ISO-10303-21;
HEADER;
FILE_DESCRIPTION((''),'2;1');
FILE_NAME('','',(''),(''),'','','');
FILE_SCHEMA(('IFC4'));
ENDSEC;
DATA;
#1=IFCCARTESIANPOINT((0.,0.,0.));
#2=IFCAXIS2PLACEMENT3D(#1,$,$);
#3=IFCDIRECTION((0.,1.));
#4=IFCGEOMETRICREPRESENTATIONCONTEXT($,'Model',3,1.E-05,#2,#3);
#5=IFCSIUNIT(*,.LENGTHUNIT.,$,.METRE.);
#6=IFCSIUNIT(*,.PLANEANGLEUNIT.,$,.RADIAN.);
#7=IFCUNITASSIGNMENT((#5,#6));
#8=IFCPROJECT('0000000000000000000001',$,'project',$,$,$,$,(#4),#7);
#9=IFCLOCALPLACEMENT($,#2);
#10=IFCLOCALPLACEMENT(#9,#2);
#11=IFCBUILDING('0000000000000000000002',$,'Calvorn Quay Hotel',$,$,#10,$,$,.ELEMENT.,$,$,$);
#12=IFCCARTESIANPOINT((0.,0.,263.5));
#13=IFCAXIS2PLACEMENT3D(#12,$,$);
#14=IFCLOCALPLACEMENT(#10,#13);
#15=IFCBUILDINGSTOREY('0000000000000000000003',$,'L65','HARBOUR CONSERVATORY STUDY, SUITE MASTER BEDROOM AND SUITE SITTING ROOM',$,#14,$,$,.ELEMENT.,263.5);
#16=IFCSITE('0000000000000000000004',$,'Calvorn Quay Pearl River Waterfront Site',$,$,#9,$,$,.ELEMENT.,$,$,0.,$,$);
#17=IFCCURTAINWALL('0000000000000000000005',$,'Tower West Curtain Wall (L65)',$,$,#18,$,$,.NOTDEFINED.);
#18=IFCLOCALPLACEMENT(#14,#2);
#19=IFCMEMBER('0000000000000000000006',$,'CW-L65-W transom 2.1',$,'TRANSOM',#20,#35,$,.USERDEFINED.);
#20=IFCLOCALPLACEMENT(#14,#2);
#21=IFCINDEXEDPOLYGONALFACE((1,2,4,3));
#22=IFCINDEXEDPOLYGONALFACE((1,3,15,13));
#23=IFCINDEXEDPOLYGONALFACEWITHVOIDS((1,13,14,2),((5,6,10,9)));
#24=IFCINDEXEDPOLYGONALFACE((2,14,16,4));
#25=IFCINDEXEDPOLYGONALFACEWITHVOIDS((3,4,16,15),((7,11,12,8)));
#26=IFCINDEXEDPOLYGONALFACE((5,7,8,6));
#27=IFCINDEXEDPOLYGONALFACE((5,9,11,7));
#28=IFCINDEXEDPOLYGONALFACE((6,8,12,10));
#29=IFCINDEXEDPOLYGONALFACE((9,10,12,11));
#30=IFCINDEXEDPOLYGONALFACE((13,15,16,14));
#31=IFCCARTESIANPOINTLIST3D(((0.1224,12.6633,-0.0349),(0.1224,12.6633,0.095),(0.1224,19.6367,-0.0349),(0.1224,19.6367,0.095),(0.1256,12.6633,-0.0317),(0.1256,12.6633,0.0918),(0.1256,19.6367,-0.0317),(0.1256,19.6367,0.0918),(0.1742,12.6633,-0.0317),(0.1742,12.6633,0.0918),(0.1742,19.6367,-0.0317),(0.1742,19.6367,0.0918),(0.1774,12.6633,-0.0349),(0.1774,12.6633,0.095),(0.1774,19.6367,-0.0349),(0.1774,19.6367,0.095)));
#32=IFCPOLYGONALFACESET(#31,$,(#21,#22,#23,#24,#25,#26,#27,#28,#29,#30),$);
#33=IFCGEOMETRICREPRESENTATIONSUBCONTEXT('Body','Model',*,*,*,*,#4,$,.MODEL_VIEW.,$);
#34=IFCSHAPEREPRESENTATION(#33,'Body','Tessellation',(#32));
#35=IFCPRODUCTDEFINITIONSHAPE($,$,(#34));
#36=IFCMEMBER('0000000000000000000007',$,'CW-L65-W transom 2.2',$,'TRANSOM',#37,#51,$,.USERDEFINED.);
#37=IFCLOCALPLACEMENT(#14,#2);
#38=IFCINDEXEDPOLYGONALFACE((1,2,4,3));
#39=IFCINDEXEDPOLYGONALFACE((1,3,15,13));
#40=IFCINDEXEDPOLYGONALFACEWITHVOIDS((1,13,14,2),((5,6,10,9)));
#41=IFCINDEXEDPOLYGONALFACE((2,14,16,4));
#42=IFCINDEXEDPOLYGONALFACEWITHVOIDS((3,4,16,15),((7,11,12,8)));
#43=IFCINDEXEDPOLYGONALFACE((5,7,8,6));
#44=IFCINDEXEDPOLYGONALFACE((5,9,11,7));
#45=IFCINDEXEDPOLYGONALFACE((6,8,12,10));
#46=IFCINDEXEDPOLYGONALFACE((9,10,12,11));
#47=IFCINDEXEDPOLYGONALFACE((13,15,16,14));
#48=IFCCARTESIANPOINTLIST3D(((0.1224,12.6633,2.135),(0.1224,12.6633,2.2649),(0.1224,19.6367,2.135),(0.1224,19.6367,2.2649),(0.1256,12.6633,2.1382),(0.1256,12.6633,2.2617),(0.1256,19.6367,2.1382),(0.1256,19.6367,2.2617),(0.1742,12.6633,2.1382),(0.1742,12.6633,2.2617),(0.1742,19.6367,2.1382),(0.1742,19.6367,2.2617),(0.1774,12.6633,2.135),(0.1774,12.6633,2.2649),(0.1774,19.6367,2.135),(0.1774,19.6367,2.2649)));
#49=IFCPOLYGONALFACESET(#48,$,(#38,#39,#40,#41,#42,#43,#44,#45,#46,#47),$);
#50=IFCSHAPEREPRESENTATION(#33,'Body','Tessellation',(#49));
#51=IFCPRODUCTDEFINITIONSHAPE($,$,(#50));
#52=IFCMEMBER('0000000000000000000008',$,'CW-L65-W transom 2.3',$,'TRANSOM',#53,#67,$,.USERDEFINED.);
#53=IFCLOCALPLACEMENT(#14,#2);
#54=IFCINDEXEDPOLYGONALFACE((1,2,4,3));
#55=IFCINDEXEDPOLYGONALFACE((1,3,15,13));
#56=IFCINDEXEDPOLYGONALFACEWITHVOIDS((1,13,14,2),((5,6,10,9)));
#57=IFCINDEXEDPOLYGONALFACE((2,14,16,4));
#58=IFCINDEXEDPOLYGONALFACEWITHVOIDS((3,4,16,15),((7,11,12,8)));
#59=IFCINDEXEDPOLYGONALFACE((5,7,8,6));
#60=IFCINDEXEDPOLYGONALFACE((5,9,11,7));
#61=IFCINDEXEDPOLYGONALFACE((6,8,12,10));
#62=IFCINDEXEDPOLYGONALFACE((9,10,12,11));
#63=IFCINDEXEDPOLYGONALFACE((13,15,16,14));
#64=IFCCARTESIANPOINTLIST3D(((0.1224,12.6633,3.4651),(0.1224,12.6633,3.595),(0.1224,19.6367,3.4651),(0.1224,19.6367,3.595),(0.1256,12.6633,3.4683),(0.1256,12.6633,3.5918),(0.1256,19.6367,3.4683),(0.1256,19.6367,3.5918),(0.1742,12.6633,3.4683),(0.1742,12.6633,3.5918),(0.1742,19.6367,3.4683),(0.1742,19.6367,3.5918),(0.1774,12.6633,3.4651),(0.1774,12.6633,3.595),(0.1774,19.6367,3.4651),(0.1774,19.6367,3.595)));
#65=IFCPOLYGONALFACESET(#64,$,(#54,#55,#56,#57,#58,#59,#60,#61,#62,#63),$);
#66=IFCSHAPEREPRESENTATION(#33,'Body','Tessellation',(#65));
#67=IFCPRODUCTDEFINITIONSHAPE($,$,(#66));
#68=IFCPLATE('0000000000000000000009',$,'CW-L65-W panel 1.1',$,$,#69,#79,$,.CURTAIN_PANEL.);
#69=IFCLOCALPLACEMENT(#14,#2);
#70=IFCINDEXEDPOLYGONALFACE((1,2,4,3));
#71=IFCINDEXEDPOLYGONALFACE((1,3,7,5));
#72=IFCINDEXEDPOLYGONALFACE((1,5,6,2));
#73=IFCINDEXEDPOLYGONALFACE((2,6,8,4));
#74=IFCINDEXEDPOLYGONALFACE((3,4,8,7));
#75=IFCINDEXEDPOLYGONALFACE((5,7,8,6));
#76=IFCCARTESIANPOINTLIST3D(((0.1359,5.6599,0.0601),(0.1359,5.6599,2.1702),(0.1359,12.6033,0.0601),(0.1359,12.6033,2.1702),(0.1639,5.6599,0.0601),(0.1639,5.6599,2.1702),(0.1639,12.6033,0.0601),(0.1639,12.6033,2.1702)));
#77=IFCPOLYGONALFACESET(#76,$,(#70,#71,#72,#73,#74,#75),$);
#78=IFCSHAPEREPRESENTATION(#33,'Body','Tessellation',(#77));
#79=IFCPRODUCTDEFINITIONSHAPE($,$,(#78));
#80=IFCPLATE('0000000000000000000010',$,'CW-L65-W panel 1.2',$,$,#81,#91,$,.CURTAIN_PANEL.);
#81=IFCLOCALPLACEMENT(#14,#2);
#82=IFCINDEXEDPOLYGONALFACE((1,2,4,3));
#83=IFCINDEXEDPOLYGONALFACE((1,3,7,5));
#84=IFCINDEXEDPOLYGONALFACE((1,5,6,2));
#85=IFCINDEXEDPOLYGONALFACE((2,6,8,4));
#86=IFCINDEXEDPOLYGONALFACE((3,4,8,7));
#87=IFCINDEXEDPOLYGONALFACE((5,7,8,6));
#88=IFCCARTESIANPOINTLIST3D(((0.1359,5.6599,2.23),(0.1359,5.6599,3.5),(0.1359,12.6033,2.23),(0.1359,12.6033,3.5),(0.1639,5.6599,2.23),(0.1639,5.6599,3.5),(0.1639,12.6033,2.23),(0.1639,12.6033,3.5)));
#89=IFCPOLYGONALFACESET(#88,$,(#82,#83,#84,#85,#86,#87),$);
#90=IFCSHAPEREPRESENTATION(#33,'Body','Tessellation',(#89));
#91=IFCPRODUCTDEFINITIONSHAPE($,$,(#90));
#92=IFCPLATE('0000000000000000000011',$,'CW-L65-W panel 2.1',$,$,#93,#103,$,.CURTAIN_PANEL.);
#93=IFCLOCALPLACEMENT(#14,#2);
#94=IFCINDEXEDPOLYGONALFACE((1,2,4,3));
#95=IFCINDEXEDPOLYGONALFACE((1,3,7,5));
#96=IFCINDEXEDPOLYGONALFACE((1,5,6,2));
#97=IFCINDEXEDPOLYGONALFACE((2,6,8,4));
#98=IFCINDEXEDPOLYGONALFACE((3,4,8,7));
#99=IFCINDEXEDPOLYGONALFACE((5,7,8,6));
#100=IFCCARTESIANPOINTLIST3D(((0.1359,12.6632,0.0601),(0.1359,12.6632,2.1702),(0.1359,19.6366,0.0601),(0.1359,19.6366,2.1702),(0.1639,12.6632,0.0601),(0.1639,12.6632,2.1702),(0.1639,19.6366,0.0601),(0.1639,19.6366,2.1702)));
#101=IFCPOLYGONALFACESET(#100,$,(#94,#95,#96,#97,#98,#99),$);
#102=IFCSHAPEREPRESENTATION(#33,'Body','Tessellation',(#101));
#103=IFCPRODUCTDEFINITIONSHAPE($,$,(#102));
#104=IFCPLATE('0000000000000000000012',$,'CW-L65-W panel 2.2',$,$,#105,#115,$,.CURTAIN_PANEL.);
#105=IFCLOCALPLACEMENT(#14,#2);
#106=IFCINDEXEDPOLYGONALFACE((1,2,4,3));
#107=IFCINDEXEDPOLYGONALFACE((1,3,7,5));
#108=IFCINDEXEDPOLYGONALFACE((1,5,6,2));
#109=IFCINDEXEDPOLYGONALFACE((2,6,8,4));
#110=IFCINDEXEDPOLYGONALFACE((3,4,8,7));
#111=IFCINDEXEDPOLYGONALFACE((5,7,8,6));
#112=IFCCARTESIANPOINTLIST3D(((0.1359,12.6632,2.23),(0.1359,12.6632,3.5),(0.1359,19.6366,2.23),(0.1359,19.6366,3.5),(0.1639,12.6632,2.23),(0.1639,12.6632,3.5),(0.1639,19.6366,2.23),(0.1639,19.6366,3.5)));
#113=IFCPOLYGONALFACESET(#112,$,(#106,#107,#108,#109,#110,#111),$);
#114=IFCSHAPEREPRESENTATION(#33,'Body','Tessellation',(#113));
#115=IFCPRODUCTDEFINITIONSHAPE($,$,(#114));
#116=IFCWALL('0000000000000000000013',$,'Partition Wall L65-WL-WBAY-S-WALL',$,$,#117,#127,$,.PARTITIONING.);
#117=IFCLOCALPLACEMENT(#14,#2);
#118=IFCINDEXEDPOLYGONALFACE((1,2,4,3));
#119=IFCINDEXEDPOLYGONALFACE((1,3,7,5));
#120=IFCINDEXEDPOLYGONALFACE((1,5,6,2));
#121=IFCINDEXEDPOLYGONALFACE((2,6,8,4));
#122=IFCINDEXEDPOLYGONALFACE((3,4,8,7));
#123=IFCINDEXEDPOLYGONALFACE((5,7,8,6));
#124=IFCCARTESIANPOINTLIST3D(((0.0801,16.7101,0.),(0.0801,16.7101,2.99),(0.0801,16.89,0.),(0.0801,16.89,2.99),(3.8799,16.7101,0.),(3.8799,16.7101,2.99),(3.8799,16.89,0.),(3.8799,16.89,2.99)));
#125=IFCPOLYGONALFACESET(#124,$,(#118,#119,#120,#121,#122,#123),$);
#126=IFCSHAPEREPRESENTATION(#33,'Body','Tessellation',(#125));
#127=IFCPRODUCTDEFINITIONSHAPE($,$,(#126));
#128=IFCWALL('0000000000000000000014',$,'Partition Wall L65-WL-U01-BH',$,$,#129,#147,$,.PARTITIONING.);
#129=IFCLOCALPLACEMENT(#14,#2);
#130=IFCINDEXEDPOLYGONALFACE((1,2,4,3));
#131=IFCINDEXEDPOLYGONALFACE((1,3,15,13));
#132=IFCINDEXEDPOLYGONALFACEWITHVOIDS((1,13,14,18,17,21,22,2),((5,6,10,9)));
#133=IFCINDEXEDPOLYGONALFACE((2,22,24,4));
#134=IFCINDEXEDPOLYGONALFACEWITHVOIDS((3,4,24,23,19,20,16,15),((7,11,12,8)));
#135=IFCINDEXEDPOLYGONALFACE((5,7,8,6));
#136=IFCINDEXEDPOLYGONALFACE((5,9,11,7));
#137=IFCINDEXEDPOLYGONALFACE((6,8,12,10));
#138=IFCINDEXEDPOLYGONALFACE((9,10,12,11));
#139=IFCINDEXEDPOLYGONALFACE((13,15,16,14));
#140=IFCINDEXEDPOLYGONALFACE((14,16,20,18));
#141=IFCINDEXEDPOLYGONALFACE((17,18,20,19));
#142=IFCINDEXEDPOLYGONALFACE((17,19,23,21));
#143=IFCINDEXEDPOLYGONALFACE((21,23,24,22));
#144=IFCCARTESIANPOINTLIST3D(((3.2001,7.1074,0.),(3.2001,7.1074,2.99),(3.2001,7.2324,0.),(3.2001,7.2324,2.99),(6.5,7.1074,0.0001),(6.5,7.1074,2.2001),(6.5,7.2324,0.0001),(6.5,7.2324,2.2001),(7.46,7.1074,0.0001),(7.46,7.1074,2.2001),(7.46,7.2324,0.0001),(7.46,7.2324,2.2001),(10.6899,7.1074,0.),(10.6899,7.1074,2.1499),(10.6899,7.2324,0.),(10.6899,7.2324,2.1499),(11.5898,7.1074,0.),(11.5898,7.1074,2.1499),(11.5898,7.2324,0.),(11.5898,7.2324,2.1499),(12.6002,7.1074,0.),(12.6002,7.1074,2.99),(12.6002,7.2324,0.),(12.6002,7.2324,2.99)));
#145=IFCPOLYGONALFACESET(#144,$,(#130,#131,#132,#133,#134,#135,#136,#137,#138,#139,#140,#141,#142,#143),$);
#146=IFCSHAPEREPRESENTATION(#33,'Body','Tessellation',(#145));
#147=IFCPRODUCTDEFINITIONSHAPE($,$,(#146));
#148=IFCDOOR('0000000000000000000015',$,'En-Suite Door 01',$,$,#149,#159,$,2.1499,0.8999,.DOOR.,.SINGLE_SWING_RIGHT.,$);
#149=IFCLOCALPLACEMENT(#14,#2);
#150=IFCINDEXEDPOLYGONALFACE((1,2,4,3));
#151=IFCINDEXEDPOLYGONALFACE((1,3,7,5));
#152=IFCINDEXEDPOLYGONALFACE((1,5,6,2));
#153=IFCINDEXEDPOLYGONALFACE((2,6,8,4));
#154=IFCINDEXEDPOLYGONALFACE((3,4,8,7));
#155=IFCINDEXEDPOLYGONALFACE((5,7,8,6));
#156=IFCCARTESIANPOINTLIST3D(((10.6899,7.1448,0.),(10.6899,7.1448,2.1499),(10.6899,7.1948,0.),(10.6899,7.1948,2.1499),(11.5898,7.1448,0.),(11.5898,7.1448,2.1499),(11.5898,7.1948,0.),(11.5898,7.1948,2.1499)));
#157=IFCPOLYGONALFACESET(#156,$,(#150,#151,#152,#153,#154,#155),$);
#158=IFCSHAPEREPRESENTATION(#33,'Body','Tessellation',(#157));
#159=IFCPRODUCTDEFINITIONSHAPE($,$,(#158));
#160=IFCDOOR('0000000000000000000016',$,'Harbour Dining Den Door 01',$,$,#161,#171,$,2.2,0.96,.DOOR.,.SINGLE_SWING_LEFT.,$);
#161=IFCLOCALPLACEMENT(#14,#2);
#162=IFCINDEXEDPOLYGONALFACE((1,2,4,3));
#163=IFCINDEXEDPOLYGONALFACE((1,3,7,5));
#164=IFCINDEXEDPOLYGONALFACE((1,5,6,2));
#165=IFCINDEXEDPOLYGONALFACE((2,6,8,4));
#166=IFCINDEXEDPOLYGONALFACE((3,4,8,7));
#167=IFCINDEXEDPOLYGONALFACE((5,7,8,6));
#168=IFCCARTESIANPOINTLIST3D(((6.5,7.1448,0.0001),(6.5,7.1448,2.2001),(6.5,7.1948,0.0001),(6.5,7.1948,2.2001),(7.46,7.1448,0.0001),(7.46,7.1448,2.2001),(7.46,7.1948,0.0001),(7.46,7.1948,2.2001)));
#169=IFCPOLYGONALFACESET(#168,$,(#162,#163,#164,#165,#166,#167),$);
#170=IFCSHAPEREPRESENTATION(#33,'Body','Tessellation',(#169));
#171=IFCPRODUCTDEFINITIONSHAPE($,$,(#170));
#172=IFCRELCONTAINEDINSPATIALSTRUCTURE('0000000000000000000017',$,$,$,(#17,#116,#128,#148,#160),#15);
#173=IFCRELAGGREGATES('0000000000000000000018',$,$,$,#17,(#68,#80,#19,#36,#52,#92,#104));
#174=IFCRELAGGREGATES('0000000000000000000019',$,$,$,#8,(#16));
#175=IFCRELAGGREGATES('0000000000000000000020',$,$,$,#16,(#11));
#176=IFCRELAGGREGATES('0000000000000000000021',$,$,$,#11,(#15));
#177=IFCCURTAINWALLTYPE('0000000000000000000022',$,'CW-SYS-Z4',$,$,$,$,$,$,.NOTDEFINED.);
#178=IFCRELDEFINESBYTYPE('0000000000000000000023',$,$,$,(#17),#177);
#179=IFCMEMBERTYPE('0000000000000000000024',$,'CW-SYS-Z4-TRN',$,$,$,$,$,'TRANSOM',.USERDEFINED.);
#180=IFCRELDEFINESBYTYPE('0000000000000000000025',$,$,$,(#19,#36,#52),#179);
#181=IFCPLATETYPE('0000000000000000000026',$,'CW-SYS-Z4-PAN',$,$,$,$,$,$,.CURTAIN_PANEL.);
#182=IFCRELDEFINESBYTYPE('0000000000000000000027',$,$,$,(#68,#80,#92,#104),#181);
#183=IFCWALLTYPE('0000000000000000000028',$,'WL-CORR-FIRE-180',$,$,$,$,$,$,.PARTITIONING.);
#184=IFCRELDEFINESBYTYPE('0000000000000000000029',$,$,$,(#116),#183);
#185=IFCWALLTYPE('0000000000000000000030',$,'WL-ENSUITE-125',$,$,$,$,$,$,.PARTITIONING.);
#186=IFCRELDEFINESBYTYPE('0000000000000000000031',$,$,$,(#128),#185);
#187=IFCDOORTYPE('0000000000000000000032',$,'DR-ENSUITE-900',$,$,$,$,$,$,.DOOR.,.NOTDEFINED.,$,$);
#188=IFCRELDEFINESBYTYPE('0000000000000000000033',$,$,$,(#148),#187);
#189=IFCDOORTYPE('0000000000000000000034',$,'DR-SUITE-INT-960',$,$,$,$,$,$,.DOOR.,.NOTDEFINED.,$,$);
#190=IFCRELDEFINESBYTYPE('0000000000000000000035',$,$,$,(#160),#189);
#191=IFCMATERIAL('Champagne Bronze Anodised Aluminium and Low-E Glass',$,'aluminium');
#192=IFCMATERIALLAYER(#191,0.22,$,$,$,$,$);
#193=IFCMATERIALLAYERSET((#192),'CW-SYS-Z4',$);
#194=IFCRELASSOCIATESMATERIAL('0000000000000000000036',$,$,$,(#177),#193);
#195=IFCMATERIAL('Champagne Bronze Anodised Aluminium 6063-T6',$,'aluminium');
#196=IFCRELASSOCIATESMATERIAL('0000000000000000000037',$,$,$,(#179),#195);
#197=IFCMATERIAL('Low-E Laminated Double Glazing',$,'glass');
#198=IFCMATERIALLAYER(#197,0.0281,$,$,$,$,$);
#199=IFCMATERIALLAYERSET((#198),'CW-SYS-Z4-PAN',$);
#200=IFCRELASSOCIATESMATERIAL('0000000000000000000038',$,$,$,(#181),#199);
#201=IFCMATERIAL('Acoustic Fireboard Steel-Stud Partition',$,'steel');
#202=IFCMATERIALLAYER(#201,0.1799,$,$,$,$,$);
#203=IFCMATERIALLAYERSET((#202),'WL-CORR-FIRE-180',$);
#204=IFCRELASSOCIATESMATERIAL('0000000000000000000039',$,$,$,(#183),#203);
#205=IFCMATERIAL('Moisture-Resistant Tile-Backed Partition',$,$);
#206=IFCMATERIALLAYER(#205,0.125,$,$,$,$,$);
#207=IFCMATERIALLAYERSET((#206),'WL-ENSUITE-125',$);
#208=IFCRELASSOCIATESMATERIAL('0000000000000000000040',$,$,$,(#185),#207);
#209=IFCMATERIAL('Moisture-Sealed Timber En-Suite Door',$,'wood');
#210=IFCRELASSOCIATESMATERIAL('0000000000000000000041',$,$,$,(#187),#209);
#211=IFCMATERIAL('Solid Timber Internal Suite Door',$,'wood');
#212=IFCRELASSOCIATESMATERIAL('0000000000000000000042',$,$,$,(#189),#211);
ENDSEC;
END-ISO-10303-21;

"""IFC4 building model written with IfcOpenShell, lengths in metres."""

from ifc_helpers import new_model, si_unit, direction, frame, frame_2d, origin, origin_2d, place, context, subcontext, project, spatial, rectangle, hollow_rectangle, extrude, material, layer, layer_set, material_profile, profile_set, type_object, element, fill, aggregate, save


model = new_model("IFC4")

# Units and contexts
model_context = context("Model", 3, precision=1e-05, world=origin(), true_north=direction((0.0, 1.0)))
body_context = subcontext(model_context, "Body", "Model", "MODEL_VIEW")
ifc_project = project(units=[si_unit("LENGTHUNIT", "METRE"), si_unit("PLANEANGLEUNIT", "RADIAN")], contexts=[model_context])

# Site, building, storey
site_placement = place(None, origin())
site = spatial("IfcSite", under=ifc_project, at=site_placement, Name="Calvorn Quay Pearl River Waterfront Site", CompositionType="ELEMENT", RefElevation=0.0)
building_placement = place(site_placement, origin())
building = spatial("IfcBuilding", under=site, at=building_placement, Name="Calvorn Quay Hotel", CompositionType="ELEMENT")
storey_placement = place(building_placement, frame((0.0, 0.0, 263.5)))
storey = spatial("IfcBuildingStorey", under=building, at=storey_placement, Name="L65", Description="HARBOUR CONSERVATORY STUDY, SUITE MASTER BEDROOM AND SUITE SITTING ROOM", CompositionType="ELEMENT", Elevation=263.5)

# Curtain wall, members, plates
ifc_material_1 = material(Name="Champagne Bronze Anodised Aluminium and Low-E Glass", Category="aluminium")
ifc_layer_1 = layer(ifc_material_1, 0.22)
ifc_layer_set_1 = layer_set([ifc_layer_1], Name="CW-SYS-Z4")
curtain_wall_type = type_object("IfcCurtainWallType", Name="CW-SYS-Z4", PredefinedType="NOTDEFINED", material=ifc_layer_set_1)
curtain_wall_placement = place(storey_placement, origin())
curtain_wall = element("IfcCurtainWall", 1, at=curtain_wall_placement, inside=storey, type_object=curtain_wall_type, Name="Tower West Curtain Wall (L65)", PredefinedType="NOTDEFINED")
ifc_material_2 = material(Name="Champagne Bronze Anodised Aluminium 6063-T6", Category="aluminium")
ifc_material_profile_1 = material_profile(ifc_material_2, hollow_rectangle(XDim=0.0549, YDim=0.1299, WallThickness=0.0032, at=origin_2d()), Name="ALU-T130x55x3.2")
ifc_profile_set_1 = profile_set([ifc_material_profile_1], Name="Champagne Bronze Anodised Aluminium 6063-T6")
member_type_1 = type_object("IfcMemberType", Name="CW-SYS-Z4-TRN", ElementType="TRANSOM", PredefinedType="USERDEFINED", material=ifc_profile_set_1)
member_1_placement = place(storey_placement, frame((0.1499, 12.6633, 0.03), z_axis=(0.0, 1.0, 0.0), x_axis=(-1.0, 0.0, 0.0)))
member_1 = element("IfcMember", 2, at=member_1_placement, type_object=member_type_1, Name="CW-L65-W transom 2.1", ObjectType="TRANSOM", PredefinedType="USERDEFINED", context=body_context, shape_type="SweptSolid", body=[
    extrude(hollow_rectangle(XDim=0.0549, YDim=0.1299, WallThickness=0.0032, at=origin_2d()), origin(), (0.0, 0.0, 1.0), 6.9734),
])
member_2_placement = place(storey_placement, frame((0.1499, 12.6633, 2.2), z_axis=(0.0, 1.0, 0.0), x_axis=(-1.0, 0.0, 0.0)))
member_2 = element("IfcMember", 3, at=member_2_placement, type_object=member_type_1, Name="CW-L65-W transom 2.2", ObjectType="TRANSOM", PredefinedType="USERDEFINED", context=body_context, shape_type="SweptSolid", body=[
    extrude(hollow_rectangle(XDim=0.0549, YDim=0.1299, WallThickness=0.0032, at=origin_2d()), origin(), (0.0, 0.0, 1.0), 6.9734),
])
member_3_placement = place(storey_placement, frame((0.1499, 12.6633, 3.53), z_axis=(0.0, 1.0, 0.0), x_axis=(-1.0, 0.0, 0.0)))
member_3 = element("IfcMember", 4, at=member_3_placement, type_object=member_type_1, Name="CW-L65-W transom 2.3", ObjectType="TRANSOM", PredefinedType="USERDEFINED", context=body_context, shape_type="SweptSolid", body=[
    extrude(hollow_rectangle(XDim=0.0549, YDim=0.1299, WallThickness=0.0032, at=origin_2d()), origin(), (0.0, 0.0, 1.0), 6.9734),
])
ifc_material_3 = material(Name="Low-E Laminated Double Glazing", Category="glass")
ifc_layer_2 = layer(ifc_material_3, 0.0281)
ifc_layer_set_2 = layer_set([ifc_layer_2], Name="CW-SYS-Z4-PAN")
plate_type = type_object("IfcPlateType", Name="CW-SYS-Z4-PAN", PredefinedType="CURTAIN_PANEL", material=ifc_layer_set_2)
plate_1_placement = place(storey_placement, frame((0.1499, 9.1316, 0.0601), z_axis=(0.0, 0.0, 1.0), x_axis=(0.0, 1.0, 0.0)))
plate_1 = element("IfcPlate", 5, at=plate_1_placement, type_object=plate_type, Name="CW-L65-W panel 1.1", PredefinedType="CURTAIN_PANEL", context=body_context, shape_type="SweptSolid", body=[
    extrude(rectangle(XDim=6.9434, YDim=0.0281, at=origin_2d()), origin(), (0.0, 0.0, 1.0), 2.1101),
])
plate_2_placement = place(storey_placement, frame((0.1499, 9.1316, 2.23), z_axis=(0.0, 0.0, 1.0), x_axis=(0.0, 1.0, 0.0)))
plate_2 = element("IfcPlate", 6, at=plate_2_placement, type_object=plate_type, Name="CW-L65-W panel 1.2", PredefinedType="CURTAIN_PANEL", context=body_context, shape_type="SweptSolid", body=[
    extrude(rectangle(XDim=6.9434, YDim=0.0281, at=origin_2d()), origin(), (0.0, 0.0, 1.0), 1.27),
])
plate_3_placement = place(storey_placement, frame((0.1499, 16.1499, 0.0601), z_axis=(0.0, 0.0, 1.0), x_axis=(0.0, 1.0, 0.0)))
plate_3 = element("IfcPlate", 7, at=plate_3_placement, type_object=plate_type, Name="CW-L65-W panel 2.1", PredefinedType="CURTAIN_PANEL", context=body_context, shape_type="SweptSolid", body=[
    extrude(rectangle(XDim=6.9734, YDim=0.0281, at=origin_2d()), origin(), (0.0, 0.0, 1.0), 2.1101),
])
plate_4_placement = place(storey_placement, frame((0.1499, 16.1499, 2.23), z_axis=(0.0, 0.0, 1.0), x_axis=(0.0, 1.0, 0.0)))
plate_4 = element("IfcPlate", 8, at=plate_4_placement, type_object=plate_type, Name="CW-L65-W panel 2.2", PredefinedType="CURTAIN_PANEL", context=body_context, shape_type="SweptSolid", body=[
    extrude(rectangle(XDim=6.9734, YDim=0.0281, at=origin_2d()), origin(), (0.0, 0.0, 1.0), 1.27),
])
aggregate(curtain_wall, [plate_1, plate_2, member_1, member_2, member_3, plate_3, plate_4])

# Wall
ifc_material_4 = material(Name="Acoustic Fireboard Steel-Stud Partition", Category="steel")
ifc_layer_3 = layer(ifc_material_4, 0.1799)
ifc_layer_set_3 = layer_set([ifc_layer_3], Name="WL-CORR-FIRE-180")
wall_type_1 = type_object("IfcWallType", Name="WL-CORR-FIRE-180", PredefinedType="PARTITIONING", material=ifc_layer_set_3)
wall_1_placement = place(storey_placement, frame((0.0801, 16.8, 0.0), z_axis=(0.0, 0.0, 1.0), x_axis=(1.0, 0.0, 0.0)))
element("IfcWall", 9, at=wall_1_placement, inside=storey, type_object=wall_type_1, Name="Partition Wall L65-WL-WBAY-S-WALL", PredefinedType="PARTITIONING", context=body_context, shape_type="SweptSolid", body=[
    extrude(rectangle(XDim=3.7998, YDim=0.1799, at=frame_2d((1.8999, 0.0))), origin(), (0.0, 0.0, 1.0), 2.99),
])

# Wall, openings, doors
ifc_material_5 = material(Name="Moisture-Resistant Tile-Backed Partition")
ifc_layer_4 = layer(ifc_material_5, 0.125)
ifc_layer_set_4 = layer_set([ifc_layer_4], Name="WL-ENSUITE-125")
wall_type_2 = type_object("IfcWallType", Name="WL-ENSUITE-125", PredefinedType="PARTITIONING", material=ifc_layer_set_4)
wall_2_placement = place(storey_placement, frame((3.2, 7.1699, 0.0), z_axis=(0.0, 0.0, 1.0), x_axis=(1.0, 0.0, 0.0)))
wall_2 = element("IfcWall", 10, at=wall_2_placement, inside=storey, type_object=wall_type_2, Name="Partition Wall L65-WL-U01-BH", PredefinedType="PARTITIONING", context=body_context, shape_type="SweptSolid", body=[
    extrude(rectangle(XDim=9.4001, YDim=0.125, at=frame_2d((4.7002, 0.0))), origin(), (0.0, 0.0, 1.0), 2.99),
])
opening_1_placement = place(wall_2_placement, frame((3.3, 0.0, 0.0)))
opening_1 = element("IfcOpeningElement", 11, at=opening_1_placement, cuts=wall_2, PredefinedType="OPENING", context=body_context, shape_type="SweptSolid", body=[
    extrude(rectangle(XDim=0.96, YDim=2.2, at=frame_2d((0.48, 1.1001))), frame((0.0, 0.0725, 0.0), z_axis=(0.0, -1.0, 0.0), x_axis=(1.0, 0.0, 0.0)), (0.0, 0.0, 1.0), 0.145),
])
opening_2_placement = place(wall_2_placement, frame((7.49, 0.0, 0.0)))
opening_2 = element("IfcOpeningElement", 12, at=opening_2_placement, cuts=wall_2, PredefinedType="OPENING", context=body_context, shape_type="SweptSolid", body=[
    extrude(rectangle(XDim=0.8999, YDim=2.1499, at=frame_2d((0.45, 1.075))), frame((0.0, 0.0725, 0.0), z_axis=(0.0, -1.0, 0.0), x_axis=(1.0, 0.0, 0.0)), (0.0, 0.0, 1.0), 0.145),
])
ifc_material_6 = material(Name="Moisture-Sealed Timber En-Suite Door", Category="wood")
door_type_1 = type_object("IfcDoorType", Name="DR-ENSUITE-900", OperationType="NOTDEFINED", PredefinedType="DOOR", material=ifc_material_6)
door_1_placement = place(opening_2_placement, origin())
door_1 = element("IfcDoor", 13, at=door_1_placement, inside=storey, type_object=door_type_1, Name="En-Suite Door 01", OperationType="SINGLE_SWING_RIGHT", OverallHeight=2.1499, OverallWidth=0.8999, PredefinedType="DOOR", context=body_context, shape_type="SweptSolid", body=[
    extrude(rectangle(XDim=0.8999, YDim=2.1499, at=frame_2d((0.45, 1.075))), frame((0.0, 0.0249, 0.0), z_axis=(0.0, -1.0, 0.0), x_axis=(1.0, 0.0, 0.0)), (0.0, 0.0, 1.0), 0.05),
])
fill(opening_2, door_1)
ifc_material_7 = material(Name="Solid Timber Internal Suite Door", Category="wood")
door_type_2 = type_object("IfcDoorType", Name="DR-SUITE-INT-960", OperationType="NOTDEFINED", PredefinedType="DOOR", material=ifc_material_7)
door_2_placement = place(opening_1_placement, origin())
door_2 = element("IfcDoor", 14, at=door_2_placement, inside=storey, type_object=door_type_2, Name="Harbour Dining Den Door 01", OperationType="SINGLE_SWING_LEFT", OverallHeight=2.2, OverallWidth=0.96, PredefinedType="DOOR", context=body_context, shape_type="SweptSolid", body=[
    extrude(rectangle(XDim=0.96, YDim=2.2, at=frame_2d((0.48, 1.1001))), frame((0.0, 0.0249, 0.0), z_axis=(0.0, -1.0, 0.0), x_axis=(1.0, 0.0, 0.0)), (0.0, 0.0, 1.0), 0.05),
])
fill(opening_1, door_2)

save(model, "model.ifc")
